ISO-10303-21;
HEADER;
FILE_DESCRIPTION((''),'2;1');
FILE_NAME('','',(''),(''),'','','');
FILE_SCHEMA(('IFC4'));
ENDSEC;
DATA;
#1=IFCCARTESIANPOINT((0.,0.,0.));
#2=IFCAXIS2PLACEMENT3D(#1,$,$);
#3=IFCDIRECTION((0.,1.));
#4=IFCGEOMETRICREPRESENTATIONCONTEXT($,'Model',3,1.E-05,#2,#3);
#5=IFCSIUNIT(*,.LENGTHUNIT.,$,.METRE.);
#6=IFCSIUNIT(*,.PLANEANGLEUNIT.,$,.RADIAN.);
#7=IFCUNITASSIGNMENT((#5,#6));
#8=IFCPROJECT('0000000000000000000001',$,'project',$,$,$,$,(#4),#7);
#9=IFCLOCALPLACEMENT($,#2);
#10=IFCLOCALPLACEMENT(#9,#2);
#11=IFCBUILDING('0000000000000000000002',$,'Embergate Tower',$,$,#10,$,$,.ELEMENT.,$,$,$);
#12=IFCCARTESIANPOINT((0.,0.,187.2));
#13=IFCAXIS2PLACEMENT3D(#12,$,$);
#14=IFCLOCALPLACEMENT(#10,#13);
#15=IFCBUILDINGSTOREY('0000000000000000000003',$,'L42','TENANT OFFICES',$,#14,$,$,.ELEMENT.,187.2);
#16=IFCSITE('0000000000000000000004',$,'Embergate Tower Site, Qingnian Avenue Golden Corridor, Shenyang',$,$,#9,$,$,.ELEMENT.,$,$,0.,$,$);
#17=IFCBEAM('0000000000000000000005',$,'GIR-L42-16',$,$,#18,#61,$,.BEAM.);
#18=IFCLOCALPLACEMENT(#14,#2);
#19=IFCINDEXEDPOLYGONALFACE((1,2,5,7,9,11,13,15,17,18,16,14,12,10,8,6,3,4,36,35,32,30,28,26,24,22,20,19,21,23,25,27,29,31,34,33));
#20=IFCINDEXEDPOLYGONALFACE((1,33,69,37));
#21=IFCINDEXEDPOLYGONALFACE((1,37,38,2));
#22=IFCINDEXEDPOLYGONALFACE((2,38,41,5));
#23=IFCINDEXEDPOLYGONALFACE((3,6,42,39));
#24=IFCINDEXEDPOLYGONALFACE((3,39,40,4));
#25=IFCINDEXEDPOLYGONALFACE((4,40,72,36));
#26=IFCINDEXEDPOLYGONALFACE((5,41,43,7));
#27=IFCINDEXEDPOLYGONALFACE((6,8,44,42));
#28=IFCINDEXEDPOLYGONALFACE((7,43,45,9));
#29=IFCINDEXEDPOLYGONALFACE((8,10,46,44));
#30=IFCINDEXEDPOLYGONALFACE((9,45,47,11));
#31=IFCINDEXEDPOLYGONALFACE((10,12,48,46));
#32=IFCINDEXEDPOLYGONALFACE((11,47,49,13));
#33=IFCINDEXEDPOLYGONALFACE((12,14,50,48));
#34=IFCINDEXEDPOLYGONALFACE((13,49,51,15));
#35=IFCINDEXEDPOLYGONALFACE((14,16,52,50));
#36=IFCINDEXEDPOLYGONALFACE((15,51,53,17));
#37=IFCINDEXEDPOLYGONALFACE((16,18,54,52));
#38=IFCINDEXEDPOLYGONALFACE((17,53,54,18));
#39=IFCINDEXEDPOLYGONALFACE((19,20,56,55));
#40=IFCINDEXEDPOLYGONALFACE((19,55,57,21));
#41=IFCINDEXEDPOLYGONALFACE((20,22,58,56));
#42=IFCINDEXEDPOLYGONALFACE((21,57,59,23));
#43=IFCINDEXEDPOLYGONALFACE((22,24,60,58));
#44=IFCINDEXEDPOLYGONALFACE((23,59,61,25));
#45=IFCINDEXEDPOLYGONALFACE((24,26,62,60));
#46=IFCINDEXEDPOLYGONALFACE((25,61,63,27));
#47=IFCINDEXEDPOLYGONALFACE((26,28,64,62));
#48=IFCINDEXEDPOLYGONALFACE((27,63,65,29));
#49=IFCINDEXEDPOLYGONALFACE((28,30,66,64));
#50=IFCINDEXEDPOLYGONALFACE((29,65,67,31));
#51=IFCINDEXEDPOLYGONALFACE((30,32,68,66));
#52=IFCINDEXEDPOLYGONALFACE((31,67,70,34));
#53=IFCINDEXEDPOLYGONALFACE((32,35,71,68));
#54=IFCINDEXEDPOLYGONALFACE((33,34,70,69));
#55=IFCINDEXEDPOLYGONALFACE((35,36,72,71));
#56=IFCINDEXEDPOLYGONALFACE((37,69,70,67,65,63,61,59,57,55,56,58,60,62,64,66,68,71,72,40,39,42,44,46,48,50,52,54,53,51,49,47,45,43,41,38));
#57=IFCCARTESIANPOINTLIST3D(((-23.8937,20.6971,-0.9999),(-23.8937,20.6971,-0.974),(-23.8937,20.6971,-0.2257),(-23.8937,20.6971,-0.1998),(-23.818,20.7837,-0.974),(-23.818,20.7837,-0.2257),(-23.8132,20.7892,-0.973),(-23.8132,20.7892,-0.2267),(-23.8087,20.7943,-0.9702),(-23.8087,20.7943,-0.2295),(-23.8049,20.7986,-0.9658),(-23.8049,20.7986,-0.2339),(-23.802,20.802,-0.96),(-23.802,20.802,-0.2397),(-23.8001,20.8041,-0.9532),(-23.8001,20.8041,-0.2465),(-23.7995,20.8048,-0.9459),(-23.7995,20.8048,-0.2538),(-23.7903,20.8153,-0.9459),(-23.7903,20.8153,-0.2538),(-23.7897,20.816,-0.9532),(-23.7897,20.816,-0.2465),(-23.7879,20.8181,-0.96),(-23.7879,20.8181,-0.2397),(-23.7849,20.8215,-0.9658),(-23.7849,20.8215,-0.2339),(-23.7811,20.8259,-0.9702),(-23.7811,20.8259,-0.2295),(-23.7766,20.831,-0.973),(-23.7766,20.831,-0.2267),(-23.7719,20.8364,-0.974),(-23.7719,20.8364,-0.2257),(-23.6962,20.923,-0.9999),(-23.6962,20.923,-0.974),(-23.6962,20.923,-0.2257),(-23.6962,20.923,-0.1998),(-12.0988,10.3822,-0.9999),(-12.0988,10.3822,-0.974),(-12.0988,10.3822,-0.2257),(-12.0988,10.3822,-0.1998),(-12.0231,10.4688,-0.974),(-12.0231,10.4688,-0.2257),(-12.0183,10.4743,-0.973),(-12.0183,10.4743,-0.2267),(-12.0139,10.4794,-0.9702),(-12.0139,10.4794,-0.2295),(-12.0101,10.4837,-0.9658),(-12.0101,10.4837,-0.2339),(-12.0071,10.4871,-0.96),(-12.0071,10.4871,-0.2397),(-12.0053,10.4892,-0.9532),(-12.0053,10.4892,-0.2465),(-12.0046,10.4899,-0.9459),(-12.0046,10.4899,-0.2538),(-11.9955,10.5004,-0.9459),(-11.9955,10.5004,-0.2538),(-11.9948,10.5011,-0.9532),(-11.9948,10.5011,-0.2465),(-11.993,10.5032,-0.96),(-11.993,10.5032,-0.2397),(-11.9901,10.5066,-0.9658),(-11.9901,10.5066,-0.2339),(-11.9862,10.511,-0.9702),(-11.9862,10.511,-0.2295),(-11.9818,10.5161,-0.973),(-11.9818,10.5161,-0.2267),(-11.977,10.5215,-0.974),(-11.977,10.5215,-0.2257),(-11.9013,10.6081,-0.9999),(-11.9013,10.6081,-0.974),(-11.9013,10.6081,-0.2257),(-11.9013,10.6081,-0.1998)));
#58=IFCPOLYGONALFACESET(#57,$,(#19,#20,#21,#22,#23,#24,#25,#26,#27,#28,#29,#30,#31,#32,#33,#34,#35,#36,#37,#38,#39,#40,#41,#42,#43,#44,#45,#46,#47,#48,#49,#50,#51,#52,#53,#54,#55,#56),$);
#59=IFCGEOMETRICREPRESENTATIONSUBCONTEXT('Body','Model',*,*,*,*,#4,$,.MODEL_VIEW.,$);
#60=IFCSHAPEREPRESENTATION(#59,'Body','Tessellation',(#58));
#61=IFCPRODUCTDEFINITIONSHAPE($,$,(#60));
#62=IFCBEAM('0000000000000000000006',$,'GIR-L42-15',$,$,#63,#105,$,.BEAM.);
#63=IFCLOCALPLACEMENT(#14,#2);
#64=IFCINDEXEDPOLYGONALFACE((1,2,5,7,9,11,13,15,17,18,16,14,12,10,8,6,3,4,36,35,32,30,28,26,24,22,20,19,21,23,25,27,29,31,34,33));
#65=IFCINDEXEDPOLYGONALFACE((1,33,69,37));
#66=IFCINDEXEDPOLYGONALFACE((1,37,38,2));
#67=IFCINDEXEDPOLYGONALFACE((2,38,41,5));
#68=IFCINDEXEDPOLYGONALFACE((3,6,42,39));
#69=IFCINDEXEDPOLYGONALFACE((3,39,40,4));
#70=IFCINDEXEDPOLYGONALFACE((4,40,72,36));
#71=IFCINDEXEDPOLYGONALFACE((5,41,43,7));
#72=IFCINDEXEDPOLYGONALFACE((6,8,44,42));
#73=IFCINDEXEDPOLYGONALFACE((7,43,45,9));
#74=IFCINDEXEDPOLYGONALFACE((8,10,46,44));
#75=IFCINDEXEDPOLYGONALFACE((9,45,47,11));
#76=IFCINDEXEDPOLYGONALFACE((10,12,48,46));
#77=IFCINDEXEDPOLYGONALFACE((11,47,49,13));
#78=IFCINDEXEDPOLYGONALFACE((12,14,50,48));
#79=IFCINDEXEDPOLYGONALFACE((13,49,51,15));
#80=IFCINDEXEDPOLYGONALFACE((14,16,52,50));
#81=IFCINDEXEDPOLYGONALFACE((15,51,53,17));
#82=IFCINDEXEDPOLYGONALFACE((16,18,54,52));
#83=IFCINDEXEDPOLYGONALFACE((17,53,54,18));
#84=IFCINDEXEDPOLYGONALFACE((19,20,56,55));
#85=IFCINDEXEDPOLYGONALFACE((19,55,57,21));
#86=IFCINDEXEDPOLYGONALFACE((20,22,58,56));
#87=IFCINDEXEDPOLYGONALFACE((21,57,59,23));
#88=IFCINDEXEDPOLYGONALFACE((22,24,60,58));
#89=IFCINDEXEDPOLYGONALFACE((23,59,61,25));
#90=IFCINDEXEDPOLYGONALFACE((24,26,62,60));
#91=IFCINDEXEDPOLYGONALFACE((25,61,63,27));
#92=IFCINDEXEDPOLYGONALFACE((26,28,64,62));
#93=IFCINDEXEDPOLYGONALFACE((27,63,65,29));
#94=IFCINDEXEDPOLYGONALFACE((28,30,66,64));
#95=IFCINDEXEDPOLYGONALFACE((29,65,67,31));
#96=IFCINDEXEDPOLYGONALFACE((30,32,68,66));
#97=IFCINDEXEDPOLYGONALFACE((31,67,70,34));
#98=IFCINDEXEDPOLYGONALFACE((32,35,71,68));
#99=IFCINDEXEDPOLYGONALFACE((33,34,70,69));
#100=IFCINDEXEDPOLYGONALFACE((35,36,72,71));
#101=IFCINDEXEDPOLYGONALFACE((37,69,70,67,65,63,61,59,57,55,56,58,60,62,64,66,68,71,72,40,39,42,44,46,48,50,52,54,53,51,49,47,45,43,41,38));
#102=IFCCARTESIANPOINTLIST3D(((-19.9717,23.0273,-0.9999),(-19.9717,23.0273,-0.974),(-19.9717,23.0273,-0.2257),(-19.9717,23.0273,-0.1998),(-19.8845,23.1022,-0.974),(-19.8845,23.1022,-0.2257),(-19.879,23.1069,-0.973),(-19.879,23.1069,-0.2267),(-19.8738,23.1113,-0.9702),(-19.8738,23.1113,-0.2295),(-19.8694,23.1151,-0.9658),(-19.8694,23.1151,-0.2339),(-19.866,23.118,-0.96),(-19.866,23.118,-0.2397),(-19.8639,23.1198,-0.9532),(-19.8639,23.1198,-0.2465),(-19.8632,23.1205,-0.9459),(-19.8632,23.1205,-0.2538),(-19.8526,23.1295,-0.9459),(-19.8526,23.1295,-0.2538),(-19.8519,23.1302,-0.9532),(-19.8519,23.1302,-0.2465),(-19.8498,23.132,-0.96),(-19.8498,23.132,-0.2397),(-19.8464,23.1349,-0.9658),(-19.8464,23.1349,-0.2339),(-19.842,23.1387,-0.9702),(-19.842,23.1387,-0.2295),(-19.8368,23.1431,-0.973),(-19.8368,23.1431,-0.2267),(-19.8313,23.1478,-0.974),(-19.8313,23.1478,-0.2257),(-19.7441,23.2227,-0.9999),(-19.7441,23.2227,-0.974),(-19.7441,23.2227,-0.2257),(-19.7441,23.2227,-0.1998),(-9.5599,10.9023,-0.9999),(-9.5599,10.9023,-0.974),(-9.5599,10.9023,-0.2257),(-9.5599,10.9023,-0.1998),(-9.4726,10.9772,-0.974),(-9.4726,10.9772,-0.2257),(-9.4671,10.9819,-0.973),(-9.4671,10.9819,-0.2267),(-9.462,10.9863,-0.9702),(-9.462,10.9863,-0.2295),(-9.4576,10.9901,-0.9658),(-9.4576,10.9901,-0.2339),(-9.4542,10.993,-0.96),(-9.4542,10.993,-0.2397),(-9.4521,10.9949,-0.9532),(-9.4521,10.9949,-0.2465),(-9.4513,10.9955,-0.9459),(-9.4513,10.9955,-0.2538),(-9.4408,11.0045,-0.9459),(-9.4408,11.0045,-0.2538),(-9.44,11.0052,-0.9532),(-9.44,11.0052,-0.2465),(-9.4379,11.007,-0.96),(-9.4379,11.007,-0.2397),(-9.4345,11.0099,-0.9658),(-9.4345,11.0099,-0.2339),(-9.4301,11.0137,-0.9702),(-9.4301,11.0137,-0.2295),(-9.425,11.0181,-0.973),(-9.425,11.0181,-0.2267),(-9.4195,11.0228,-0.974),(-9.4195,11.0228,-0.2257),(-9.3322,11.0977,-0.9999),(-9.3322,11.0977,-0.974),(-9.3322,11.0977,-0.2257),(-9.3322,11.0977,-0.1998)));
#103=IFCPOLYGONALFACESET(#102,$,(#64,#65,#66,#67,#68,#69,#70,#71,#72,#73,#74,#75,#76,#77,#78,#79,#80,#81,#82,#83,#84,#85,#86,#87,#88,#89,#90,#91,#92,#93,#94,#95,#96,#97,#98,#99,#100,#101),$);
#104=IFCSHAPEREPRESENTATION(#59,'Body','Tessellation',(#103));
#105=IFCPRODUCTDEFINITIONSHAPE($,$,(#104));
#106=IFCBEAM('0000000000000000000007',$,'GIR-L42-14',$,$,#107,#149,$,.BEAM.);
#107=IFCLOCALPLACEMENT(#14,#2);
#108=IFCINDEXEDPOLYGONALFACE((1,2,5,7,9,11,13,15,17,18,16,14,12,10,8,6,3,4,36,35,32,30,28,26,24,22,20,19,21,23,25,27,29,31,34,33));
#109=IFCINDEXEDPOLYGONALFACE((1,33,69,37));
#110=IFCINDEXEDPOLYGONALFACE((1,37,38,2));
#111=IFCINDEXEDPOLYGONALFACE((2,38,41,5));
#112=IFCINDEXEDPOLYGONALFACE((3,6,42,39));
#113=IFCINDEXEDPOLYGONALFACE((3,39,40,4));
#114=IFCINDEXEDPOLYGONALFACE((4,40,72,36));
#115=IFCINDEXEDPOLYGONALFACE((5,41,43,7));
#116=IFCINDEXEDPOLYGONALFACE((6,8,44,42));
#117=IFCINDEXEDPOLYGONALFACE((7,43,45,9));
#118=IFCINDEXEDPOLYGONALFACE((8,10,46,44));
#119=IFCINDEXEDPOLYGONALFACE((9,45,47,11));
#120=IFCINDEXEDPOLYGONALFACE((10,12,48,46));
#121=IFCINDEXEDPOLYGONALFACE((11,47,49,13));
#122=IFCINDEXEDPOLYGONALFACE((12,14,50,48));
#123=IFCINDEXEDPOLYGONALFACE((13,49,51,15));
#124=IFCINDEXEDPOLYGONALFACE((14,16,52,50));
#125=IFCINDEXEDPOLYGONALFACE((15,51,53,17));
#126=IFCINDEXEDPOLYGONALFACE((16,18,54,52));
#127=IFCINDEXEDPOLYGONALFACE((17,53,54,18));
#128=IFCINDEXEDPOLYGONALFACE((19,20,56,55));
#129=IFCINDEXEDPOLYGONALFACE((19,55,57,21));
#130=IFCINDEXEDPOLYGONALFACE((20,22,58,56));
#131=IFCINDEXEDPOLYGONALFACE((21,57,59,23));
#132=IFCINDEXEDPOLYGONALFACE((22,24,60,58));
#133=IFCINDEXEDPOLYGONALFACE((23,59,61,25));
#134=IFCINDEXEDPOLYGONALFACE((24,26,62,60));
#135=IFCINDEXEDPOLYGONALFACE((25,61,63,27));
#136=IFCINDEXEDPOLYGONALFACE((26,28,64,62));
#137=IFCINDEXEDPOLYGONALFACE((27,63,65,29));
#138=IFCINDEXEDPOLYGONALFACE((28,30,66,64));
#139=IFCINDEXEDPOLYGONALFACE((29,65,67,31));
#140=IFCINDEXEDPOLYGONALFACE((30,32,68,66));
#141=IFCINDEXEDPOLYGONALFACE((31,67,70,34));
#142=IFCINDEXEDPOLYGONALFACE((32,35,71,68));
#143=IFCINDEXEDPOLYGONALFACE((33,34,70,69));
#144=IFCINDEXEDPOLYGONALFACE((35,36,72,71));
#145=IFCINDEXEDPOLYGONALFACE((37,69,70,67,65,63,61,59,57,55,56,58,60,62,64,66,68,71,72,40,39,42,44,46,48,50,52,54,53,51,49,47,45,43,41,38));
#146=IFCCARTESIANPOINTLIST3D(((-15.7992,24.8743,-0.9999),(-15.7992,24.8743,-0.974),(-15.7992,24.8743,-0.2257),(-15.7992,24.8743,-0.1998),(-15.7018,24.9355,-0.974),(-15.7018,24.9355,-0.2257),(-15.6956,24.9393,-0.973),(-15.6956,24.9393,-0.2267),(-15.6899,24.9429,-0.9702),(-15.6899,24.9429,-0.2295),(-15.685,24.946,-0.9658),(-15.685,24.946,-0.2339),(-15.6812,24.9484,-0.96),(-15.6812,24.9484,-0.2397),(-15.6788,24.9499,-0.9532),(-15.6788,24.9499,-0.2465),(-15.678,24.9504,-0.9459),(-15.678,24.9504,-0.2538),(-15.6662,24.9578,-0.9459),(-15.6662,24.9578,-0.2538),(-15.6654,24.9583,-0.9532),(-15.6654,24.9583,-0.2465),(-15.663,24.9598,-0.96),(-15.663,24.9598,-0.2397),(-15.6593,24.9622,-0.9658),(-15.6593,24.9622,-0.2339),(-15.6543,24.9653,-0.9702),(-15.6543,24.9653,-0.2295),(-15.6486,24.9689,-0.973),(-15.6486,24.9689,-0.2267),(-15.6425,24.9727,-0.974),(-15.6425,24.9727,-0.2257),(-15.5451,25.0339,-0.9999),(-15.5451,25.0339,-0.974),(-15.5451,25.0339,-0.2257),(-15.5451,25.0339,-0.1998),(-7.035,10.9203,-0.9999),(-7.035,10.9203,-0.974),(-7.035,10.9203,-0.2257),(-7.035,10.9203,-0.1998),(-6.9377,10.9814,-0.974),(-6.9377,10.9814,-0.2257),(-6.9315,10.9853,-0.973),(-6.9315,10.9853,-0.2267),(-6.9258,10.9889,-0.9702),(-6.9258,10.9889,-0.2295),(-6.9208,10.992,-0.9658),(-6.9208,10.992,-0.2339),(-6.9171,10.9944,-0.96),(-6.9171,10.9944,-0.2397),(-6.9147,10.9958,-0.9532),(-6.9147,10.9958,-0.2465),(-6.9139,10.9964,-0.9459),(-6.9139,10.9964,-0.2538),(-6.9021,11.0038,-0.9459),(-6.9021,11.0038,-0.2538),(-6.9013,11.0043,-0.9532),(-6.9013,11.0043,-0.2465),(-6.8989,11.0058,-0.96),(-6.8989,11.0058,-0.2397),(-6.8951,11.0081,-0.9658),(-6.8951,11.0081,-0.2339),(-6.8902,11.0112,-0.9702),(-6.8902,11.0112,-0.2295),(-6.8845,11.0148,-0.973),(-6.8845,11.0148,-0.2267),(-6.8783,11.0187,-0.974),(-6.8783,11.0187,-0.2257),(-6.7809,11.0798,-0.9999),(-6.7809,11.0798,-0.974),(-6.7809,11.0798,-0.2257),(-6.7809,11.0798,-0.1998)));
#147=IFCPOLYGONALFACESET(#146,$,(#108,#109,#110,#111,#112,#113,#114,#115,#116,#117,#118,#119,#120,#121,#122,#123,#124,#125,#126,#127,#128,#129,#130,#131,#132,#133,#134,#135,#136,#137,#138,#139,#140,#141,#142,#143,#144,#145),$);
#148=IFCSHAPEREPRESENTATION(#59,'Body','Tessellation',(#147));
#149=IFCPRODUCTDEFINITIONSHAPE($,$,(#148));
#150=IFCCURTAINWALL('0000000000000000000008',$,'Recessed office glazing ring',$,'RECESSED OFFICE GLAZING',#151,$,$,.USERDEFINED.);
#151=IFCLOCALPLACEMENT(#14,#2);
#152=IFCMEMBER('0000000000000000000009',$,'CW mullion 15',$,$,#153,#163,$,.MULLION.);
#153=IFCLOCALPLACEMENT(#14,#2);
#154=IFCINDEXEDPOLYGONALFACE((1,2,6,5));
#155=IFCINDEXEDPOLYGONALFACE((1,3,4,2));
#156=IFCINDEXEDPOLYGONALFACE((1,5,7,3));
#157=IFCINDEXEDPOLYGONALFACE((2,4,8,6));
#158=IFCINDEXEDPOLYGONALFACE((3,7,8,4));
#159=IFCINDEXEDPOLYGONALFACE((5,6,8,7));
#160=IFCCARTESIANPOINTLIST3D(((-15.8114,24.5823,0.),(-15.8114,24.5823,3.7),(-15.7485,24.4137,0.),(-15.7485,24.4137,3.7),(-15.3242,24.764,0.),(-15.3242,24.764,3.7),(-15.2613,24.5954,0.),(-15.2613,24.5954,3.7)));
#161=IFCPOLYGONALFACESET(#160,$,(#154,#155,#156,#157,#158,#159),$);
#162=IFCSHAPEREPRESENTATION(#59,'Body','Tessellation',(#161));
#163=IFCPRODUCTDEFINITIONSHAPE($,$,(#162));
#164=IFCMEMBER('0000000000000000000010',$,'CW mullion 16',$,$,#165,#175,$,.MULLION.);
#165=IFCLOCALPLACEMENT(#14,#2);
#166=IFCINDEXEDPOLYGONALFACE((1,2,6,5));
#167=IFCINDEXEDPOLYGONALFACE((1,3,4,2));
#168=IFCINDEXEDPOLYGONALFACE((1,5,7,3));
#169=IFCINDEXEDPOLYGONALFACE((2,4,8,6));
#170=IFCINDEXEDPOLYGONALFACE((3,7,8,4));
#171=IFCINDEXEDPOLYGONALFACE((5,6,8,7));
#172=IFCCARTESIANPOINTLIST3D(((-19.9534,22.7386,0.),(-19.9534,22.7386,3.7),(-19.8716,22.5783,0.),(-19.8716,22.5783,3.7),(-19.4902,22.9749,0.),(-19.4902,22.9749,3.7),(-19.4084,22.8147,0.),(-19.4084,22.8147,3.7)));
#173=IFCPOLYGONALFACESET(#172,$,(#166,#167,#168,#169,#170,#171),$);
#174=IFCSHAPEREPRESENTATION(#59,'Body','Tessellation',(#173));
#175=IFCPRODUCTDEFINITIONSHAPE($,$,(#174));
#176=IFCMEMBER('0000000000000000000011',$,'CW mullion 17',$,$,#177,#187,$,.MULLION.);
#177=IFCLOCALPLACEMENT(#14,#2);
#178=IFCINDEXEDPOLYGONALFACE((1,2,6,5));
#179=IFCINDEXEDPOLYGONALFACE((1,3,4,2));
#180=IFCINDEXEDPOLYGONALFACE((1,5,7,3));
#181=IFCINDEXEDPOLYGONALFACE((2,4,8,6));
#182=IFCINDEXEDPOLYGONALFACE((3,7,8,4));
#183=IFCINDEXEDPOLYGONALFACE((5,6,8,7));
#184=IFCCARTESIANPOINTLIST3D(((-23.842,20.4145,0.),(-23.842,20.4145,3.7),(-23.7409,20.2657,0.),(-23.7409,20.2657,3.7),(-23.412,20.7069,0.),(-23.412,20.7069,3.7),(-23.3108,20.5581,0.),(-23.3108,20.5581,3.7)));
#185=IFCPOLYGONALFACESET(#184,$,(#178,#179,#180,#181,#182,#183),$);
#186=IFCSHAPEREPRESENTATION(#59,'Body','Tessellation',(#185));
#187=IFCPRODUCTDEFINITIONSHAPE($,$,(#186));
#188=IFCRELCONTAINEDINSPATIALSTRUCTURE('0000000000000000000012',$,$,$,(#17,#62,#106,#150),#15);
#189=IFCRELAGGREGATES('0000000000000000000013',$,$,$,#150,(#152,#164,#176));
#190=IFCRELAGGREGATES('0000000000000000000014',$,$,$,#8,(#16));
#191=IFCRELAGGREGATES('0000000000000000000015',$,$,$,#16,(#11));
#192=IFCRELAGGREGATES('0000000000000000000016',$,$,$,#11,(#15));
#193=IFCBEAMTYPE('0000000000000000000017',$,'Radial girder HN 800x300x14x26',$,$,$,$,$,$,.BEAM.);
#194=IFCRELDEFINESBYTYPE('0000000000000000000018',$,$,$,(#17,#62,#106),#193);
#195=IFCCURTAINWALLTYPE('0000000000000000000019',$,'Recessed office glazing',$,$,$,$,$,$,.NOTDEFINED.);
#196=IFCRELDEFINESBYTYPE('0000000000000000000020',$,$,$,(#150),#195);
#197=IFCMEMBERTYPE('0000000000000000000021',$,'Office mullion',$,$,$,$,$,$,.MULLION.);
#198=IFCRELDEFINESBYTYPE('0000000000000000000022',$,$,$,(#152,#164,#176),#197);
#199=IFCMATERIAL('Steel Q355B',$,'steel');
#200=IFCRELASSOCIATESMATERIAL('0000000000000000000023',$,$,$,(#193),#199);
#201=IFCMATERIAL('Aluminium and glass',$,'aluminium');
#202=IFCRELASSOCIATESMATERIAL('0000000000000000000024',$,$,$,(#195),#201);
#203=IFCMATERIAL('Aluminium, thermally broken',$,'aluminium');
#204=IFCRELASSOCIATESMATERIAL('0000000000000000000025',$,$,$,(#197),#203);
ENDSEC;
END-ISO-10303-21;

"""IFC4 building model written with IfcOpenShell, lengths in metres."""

from ifc_helpers import new_model, si_unit, direction, frame, origin, origin_2d, place, context, subcontext, project, spatial, rectangle, i_section, extrude, source, transform, mapped, material, material_profile, profile_set, type_object, element, aggregate, save


model = new_model("IFC4")

# Units and contexts
model_context = context("Model", 3, precision=1e-05, world=origin(), true_north=direction((0.0, 1.0)))
body_context = subcontext(model_context, "Body", "Model", "MODEL_VIEW")
ifc_project = project(units=[si_unit("LENGTHUNIT", "METRE"), si_unit("PLANEANGLEUNIT", "RADIAN")], contexts=[model_context])

# Site, building, storey
site_placement = place(None, origin())
site = spatial("IfcSite", under=ifc_project, at=site_placement, Name="Embergate Tower Site, Qingnian Avenue Golden Corridor, Shenyang", CompositionType="ELEMENT", RefElevation=0.0)
building_placement = place(site_placement, origin())
building = spatial("IfcBuilding", under=site, at=building_placement, Name="Embergate Tower", CompositionType="ELEMENT")
storey_placement = place(building_placement, frame((0.0, 0.0, 187.2)))
storey = spatial("IfcBuildingStorey", under=building, at=storey_placement, Name="L42", Description="TENANT OFFICES", CompositionType="ELEMENT", Elevation=187.2)

# Beams
ifc_material_1 = material(Name="Steel Q355B", Category="steel")
ifc_material_profile_1 = material_profile(ifc_material_1, i_section(OverallWidth=0.3, OverallDepth=0.8, WebThickness=0.0139, FlangeThickness=0.0259, FilletRadius=0.0281, at=origin_2d()), Name="HN 800x300x14x26")
ifc_profile_set_1 = profile_set([ifc_material_profile_1], Name="Steel Q355 grade B")
beam_type_1 = type_object("IfcBeamType", Name="Radial girder HN 800x300x14x26", PredefinedType="BEAM", material=ifc_profile_set_1)
shared_shape_1 = source(origin(), body_context, "Body", "SweptSolid", [
    extrude(i_section(OverallWidth=0.3, OverallDepth=0.8, WebThickness=0.0139, FlangeThickness=0.0259, FilletRadius=0.0281, at=origin_2d()), origin(), (0.0, 0.0, 1.0), 15.6689),
])
beam_1_placement = place(storey_placement, frame((-23.7949, 20.8101, -0.5999), z_axis=(0.752754, -0.658302, 0.0), x_axis=(0.658302, 0.752754, 0.0)))
element("IfcBeam", 1, at=beam_1_placement, inside=storey, type_object=beam_type_1, Name="GIR-L42-16", PredefinedType="BEAM", context=body_context, shape_type="MappedRepresentation", body=[
    mapped(shared_shape_1, transform((0.0, 0.0, 0.0))),
])
shared_shape_2 = source(origin(), body_context, "Body", "SweptSolid", [
    extrude(i_section(OverallWidth=0.3, OverallDepth=0.8, WebThickness=0.0139, FlangeThickness=0.0259, FilletRadius=0.0281, at=origin_2d()), origin(), (0.0, 0.0, 1.0), 15.9819),
])
beam_2_placement = place(storey_placement, frame((-19.8579, 23.125, -0.5999), z_axis=(0.651477, -0.758669, 0.0), x_axis=(0.758669, 0.651477, 0.0)))
element("IfcBeam", 2, at=beam_2_placement, inside=storey, type_object=beam_type_1, Name="GIR-L42-15", PredefinedType="BEAM", context=body_context, shape_type="MappedRepresentation", body=[
    mapped(shared_shape_2, transform((0.0, 0.0, 0.0))),
])
shared_shape_3 = source(origin(), body_context, "Body", "SweptSolid", [
    extrude(i_section(OverallWidth=0.3, OverallDepth=0.8, WebThickness=0.0139, FlangeThickness=0.0259, FilletRadius=0.0281, at=origin_2d()), origin(), (0.0, 0.0, 1.0), 16.478),
])
beam_3_placement = place(storey_placement, frame((-15.6721, 24.9541, -0.5999), z_axis=(0.531867, -0.846828, 0.0), x_axis=(0.846828, 0.531867, 0.0)))
element("IfcBeam", 3, at=beam_3_placement, inside=storey, type_object=beam_type_1, Name="GIR-L42-14", PredefinedType="BEAM", context=body_context, shape_type="MappedRepresentation", body=[
    mapped(shared_shape_3, transform((0.0, 0.0, 0.0))),
])

# Curtain wall, members
ifc_material_2 = material(Name="Aluminium and glass", Category="aluminium")
curtain_wall_type = type_object("IfcCurtainWallType", Name="Recessed office glazing", PredefinedType="NOTDEFINED", material=ifc_material_2)
curtain_wall_placement = place(storey_placement, origin())
curtain_wall = element("IfcCurtainWall", 4, at=curtain_wall_placement, inside=storey, type_object=curtain_wall_type, Name="Recessed office glazing ring", ObjectType="RECESSED OFFICE GLAZING", PredefinedType="USERDEFINED")
ifc_material_3 = material(Name="Aluminium, thermally broken", Category="aluminium")
ifc_material_profile_2 = material_profile(ifc_material_3, rectangle(XDim=0.1799, YDim=0.52, at=origin_2d()), Name="AL 520x180")
ifc_profile_set_2 = profile_set([ifc_material_profile_2], Name="Aluminium, thermally broken")
member_type_1 = type_object("IfcMemberType", Name="Office mullion", PredefinedType="MULLION", material=ifc_profile_set_2)
shared_shape_4 = source(origin(), body_context, "Body", "SweptSolid", [
    extrude(rectangle(XDim=0.1799, YDim=0.52, at=origin_2d()), origin(), (0.0, 0.0, 1.0), 3.7),
])
member_1_placement = place(storey_placement, frame((-15.5364, 24.5889, 0.0), z_axis=(0.0, 0.0, 1.0), x_axis=(0.349504, -0.936935, 0.0)))
member_1 = element("IfcMember", 5, at=member_1_placement, type_object=member_type_1, Name="CW mullion 15", PredefinedType="MULLION", context=body_context, shape_type="MappedRepresentation", body=[
    mapped(shared_shape_4, transform((0.0, 0.0, 0.0))),
])
member_2_placement = place(storey_placement, frame((-19.6809, 22.7766, 0.0), z_axis=(0.0, 0.0, 1.0), x_axis=(0.454513, -0.89074, 0.0)))
member_2 = element("IfcMember", 6, at=member_2_placement, type_object=member_type_1, Name="CW mullion 16", PredefinedType="MULLION", context=body_context, shape_type="MappedRepresentation", body=[
    mapped(shared_shape_4, transform((0.0, 0.0, 0.0))),
])
member_3_placement = place(storey_placement, frame((-23.5764, 20.4863, 0.0), z_axis=(0.0, 0.0, 1.0), x_axis=(0.562219, -0.826988, 0.0)))
member_3 = element("IfcMember", 7, at=member_3_placement, type_object=member_type_1, Name="CW mullion 17", PredefinedType="MULLION", context=body_context, shape_type="MappedRepresentation", body=[
    mapped(shared_shape_4, transform((0.0, 0.0, 0.0))),
])
aggregate(curtain_wall, [member_1, member_2, member_3])

save(model, "model.ifc")
